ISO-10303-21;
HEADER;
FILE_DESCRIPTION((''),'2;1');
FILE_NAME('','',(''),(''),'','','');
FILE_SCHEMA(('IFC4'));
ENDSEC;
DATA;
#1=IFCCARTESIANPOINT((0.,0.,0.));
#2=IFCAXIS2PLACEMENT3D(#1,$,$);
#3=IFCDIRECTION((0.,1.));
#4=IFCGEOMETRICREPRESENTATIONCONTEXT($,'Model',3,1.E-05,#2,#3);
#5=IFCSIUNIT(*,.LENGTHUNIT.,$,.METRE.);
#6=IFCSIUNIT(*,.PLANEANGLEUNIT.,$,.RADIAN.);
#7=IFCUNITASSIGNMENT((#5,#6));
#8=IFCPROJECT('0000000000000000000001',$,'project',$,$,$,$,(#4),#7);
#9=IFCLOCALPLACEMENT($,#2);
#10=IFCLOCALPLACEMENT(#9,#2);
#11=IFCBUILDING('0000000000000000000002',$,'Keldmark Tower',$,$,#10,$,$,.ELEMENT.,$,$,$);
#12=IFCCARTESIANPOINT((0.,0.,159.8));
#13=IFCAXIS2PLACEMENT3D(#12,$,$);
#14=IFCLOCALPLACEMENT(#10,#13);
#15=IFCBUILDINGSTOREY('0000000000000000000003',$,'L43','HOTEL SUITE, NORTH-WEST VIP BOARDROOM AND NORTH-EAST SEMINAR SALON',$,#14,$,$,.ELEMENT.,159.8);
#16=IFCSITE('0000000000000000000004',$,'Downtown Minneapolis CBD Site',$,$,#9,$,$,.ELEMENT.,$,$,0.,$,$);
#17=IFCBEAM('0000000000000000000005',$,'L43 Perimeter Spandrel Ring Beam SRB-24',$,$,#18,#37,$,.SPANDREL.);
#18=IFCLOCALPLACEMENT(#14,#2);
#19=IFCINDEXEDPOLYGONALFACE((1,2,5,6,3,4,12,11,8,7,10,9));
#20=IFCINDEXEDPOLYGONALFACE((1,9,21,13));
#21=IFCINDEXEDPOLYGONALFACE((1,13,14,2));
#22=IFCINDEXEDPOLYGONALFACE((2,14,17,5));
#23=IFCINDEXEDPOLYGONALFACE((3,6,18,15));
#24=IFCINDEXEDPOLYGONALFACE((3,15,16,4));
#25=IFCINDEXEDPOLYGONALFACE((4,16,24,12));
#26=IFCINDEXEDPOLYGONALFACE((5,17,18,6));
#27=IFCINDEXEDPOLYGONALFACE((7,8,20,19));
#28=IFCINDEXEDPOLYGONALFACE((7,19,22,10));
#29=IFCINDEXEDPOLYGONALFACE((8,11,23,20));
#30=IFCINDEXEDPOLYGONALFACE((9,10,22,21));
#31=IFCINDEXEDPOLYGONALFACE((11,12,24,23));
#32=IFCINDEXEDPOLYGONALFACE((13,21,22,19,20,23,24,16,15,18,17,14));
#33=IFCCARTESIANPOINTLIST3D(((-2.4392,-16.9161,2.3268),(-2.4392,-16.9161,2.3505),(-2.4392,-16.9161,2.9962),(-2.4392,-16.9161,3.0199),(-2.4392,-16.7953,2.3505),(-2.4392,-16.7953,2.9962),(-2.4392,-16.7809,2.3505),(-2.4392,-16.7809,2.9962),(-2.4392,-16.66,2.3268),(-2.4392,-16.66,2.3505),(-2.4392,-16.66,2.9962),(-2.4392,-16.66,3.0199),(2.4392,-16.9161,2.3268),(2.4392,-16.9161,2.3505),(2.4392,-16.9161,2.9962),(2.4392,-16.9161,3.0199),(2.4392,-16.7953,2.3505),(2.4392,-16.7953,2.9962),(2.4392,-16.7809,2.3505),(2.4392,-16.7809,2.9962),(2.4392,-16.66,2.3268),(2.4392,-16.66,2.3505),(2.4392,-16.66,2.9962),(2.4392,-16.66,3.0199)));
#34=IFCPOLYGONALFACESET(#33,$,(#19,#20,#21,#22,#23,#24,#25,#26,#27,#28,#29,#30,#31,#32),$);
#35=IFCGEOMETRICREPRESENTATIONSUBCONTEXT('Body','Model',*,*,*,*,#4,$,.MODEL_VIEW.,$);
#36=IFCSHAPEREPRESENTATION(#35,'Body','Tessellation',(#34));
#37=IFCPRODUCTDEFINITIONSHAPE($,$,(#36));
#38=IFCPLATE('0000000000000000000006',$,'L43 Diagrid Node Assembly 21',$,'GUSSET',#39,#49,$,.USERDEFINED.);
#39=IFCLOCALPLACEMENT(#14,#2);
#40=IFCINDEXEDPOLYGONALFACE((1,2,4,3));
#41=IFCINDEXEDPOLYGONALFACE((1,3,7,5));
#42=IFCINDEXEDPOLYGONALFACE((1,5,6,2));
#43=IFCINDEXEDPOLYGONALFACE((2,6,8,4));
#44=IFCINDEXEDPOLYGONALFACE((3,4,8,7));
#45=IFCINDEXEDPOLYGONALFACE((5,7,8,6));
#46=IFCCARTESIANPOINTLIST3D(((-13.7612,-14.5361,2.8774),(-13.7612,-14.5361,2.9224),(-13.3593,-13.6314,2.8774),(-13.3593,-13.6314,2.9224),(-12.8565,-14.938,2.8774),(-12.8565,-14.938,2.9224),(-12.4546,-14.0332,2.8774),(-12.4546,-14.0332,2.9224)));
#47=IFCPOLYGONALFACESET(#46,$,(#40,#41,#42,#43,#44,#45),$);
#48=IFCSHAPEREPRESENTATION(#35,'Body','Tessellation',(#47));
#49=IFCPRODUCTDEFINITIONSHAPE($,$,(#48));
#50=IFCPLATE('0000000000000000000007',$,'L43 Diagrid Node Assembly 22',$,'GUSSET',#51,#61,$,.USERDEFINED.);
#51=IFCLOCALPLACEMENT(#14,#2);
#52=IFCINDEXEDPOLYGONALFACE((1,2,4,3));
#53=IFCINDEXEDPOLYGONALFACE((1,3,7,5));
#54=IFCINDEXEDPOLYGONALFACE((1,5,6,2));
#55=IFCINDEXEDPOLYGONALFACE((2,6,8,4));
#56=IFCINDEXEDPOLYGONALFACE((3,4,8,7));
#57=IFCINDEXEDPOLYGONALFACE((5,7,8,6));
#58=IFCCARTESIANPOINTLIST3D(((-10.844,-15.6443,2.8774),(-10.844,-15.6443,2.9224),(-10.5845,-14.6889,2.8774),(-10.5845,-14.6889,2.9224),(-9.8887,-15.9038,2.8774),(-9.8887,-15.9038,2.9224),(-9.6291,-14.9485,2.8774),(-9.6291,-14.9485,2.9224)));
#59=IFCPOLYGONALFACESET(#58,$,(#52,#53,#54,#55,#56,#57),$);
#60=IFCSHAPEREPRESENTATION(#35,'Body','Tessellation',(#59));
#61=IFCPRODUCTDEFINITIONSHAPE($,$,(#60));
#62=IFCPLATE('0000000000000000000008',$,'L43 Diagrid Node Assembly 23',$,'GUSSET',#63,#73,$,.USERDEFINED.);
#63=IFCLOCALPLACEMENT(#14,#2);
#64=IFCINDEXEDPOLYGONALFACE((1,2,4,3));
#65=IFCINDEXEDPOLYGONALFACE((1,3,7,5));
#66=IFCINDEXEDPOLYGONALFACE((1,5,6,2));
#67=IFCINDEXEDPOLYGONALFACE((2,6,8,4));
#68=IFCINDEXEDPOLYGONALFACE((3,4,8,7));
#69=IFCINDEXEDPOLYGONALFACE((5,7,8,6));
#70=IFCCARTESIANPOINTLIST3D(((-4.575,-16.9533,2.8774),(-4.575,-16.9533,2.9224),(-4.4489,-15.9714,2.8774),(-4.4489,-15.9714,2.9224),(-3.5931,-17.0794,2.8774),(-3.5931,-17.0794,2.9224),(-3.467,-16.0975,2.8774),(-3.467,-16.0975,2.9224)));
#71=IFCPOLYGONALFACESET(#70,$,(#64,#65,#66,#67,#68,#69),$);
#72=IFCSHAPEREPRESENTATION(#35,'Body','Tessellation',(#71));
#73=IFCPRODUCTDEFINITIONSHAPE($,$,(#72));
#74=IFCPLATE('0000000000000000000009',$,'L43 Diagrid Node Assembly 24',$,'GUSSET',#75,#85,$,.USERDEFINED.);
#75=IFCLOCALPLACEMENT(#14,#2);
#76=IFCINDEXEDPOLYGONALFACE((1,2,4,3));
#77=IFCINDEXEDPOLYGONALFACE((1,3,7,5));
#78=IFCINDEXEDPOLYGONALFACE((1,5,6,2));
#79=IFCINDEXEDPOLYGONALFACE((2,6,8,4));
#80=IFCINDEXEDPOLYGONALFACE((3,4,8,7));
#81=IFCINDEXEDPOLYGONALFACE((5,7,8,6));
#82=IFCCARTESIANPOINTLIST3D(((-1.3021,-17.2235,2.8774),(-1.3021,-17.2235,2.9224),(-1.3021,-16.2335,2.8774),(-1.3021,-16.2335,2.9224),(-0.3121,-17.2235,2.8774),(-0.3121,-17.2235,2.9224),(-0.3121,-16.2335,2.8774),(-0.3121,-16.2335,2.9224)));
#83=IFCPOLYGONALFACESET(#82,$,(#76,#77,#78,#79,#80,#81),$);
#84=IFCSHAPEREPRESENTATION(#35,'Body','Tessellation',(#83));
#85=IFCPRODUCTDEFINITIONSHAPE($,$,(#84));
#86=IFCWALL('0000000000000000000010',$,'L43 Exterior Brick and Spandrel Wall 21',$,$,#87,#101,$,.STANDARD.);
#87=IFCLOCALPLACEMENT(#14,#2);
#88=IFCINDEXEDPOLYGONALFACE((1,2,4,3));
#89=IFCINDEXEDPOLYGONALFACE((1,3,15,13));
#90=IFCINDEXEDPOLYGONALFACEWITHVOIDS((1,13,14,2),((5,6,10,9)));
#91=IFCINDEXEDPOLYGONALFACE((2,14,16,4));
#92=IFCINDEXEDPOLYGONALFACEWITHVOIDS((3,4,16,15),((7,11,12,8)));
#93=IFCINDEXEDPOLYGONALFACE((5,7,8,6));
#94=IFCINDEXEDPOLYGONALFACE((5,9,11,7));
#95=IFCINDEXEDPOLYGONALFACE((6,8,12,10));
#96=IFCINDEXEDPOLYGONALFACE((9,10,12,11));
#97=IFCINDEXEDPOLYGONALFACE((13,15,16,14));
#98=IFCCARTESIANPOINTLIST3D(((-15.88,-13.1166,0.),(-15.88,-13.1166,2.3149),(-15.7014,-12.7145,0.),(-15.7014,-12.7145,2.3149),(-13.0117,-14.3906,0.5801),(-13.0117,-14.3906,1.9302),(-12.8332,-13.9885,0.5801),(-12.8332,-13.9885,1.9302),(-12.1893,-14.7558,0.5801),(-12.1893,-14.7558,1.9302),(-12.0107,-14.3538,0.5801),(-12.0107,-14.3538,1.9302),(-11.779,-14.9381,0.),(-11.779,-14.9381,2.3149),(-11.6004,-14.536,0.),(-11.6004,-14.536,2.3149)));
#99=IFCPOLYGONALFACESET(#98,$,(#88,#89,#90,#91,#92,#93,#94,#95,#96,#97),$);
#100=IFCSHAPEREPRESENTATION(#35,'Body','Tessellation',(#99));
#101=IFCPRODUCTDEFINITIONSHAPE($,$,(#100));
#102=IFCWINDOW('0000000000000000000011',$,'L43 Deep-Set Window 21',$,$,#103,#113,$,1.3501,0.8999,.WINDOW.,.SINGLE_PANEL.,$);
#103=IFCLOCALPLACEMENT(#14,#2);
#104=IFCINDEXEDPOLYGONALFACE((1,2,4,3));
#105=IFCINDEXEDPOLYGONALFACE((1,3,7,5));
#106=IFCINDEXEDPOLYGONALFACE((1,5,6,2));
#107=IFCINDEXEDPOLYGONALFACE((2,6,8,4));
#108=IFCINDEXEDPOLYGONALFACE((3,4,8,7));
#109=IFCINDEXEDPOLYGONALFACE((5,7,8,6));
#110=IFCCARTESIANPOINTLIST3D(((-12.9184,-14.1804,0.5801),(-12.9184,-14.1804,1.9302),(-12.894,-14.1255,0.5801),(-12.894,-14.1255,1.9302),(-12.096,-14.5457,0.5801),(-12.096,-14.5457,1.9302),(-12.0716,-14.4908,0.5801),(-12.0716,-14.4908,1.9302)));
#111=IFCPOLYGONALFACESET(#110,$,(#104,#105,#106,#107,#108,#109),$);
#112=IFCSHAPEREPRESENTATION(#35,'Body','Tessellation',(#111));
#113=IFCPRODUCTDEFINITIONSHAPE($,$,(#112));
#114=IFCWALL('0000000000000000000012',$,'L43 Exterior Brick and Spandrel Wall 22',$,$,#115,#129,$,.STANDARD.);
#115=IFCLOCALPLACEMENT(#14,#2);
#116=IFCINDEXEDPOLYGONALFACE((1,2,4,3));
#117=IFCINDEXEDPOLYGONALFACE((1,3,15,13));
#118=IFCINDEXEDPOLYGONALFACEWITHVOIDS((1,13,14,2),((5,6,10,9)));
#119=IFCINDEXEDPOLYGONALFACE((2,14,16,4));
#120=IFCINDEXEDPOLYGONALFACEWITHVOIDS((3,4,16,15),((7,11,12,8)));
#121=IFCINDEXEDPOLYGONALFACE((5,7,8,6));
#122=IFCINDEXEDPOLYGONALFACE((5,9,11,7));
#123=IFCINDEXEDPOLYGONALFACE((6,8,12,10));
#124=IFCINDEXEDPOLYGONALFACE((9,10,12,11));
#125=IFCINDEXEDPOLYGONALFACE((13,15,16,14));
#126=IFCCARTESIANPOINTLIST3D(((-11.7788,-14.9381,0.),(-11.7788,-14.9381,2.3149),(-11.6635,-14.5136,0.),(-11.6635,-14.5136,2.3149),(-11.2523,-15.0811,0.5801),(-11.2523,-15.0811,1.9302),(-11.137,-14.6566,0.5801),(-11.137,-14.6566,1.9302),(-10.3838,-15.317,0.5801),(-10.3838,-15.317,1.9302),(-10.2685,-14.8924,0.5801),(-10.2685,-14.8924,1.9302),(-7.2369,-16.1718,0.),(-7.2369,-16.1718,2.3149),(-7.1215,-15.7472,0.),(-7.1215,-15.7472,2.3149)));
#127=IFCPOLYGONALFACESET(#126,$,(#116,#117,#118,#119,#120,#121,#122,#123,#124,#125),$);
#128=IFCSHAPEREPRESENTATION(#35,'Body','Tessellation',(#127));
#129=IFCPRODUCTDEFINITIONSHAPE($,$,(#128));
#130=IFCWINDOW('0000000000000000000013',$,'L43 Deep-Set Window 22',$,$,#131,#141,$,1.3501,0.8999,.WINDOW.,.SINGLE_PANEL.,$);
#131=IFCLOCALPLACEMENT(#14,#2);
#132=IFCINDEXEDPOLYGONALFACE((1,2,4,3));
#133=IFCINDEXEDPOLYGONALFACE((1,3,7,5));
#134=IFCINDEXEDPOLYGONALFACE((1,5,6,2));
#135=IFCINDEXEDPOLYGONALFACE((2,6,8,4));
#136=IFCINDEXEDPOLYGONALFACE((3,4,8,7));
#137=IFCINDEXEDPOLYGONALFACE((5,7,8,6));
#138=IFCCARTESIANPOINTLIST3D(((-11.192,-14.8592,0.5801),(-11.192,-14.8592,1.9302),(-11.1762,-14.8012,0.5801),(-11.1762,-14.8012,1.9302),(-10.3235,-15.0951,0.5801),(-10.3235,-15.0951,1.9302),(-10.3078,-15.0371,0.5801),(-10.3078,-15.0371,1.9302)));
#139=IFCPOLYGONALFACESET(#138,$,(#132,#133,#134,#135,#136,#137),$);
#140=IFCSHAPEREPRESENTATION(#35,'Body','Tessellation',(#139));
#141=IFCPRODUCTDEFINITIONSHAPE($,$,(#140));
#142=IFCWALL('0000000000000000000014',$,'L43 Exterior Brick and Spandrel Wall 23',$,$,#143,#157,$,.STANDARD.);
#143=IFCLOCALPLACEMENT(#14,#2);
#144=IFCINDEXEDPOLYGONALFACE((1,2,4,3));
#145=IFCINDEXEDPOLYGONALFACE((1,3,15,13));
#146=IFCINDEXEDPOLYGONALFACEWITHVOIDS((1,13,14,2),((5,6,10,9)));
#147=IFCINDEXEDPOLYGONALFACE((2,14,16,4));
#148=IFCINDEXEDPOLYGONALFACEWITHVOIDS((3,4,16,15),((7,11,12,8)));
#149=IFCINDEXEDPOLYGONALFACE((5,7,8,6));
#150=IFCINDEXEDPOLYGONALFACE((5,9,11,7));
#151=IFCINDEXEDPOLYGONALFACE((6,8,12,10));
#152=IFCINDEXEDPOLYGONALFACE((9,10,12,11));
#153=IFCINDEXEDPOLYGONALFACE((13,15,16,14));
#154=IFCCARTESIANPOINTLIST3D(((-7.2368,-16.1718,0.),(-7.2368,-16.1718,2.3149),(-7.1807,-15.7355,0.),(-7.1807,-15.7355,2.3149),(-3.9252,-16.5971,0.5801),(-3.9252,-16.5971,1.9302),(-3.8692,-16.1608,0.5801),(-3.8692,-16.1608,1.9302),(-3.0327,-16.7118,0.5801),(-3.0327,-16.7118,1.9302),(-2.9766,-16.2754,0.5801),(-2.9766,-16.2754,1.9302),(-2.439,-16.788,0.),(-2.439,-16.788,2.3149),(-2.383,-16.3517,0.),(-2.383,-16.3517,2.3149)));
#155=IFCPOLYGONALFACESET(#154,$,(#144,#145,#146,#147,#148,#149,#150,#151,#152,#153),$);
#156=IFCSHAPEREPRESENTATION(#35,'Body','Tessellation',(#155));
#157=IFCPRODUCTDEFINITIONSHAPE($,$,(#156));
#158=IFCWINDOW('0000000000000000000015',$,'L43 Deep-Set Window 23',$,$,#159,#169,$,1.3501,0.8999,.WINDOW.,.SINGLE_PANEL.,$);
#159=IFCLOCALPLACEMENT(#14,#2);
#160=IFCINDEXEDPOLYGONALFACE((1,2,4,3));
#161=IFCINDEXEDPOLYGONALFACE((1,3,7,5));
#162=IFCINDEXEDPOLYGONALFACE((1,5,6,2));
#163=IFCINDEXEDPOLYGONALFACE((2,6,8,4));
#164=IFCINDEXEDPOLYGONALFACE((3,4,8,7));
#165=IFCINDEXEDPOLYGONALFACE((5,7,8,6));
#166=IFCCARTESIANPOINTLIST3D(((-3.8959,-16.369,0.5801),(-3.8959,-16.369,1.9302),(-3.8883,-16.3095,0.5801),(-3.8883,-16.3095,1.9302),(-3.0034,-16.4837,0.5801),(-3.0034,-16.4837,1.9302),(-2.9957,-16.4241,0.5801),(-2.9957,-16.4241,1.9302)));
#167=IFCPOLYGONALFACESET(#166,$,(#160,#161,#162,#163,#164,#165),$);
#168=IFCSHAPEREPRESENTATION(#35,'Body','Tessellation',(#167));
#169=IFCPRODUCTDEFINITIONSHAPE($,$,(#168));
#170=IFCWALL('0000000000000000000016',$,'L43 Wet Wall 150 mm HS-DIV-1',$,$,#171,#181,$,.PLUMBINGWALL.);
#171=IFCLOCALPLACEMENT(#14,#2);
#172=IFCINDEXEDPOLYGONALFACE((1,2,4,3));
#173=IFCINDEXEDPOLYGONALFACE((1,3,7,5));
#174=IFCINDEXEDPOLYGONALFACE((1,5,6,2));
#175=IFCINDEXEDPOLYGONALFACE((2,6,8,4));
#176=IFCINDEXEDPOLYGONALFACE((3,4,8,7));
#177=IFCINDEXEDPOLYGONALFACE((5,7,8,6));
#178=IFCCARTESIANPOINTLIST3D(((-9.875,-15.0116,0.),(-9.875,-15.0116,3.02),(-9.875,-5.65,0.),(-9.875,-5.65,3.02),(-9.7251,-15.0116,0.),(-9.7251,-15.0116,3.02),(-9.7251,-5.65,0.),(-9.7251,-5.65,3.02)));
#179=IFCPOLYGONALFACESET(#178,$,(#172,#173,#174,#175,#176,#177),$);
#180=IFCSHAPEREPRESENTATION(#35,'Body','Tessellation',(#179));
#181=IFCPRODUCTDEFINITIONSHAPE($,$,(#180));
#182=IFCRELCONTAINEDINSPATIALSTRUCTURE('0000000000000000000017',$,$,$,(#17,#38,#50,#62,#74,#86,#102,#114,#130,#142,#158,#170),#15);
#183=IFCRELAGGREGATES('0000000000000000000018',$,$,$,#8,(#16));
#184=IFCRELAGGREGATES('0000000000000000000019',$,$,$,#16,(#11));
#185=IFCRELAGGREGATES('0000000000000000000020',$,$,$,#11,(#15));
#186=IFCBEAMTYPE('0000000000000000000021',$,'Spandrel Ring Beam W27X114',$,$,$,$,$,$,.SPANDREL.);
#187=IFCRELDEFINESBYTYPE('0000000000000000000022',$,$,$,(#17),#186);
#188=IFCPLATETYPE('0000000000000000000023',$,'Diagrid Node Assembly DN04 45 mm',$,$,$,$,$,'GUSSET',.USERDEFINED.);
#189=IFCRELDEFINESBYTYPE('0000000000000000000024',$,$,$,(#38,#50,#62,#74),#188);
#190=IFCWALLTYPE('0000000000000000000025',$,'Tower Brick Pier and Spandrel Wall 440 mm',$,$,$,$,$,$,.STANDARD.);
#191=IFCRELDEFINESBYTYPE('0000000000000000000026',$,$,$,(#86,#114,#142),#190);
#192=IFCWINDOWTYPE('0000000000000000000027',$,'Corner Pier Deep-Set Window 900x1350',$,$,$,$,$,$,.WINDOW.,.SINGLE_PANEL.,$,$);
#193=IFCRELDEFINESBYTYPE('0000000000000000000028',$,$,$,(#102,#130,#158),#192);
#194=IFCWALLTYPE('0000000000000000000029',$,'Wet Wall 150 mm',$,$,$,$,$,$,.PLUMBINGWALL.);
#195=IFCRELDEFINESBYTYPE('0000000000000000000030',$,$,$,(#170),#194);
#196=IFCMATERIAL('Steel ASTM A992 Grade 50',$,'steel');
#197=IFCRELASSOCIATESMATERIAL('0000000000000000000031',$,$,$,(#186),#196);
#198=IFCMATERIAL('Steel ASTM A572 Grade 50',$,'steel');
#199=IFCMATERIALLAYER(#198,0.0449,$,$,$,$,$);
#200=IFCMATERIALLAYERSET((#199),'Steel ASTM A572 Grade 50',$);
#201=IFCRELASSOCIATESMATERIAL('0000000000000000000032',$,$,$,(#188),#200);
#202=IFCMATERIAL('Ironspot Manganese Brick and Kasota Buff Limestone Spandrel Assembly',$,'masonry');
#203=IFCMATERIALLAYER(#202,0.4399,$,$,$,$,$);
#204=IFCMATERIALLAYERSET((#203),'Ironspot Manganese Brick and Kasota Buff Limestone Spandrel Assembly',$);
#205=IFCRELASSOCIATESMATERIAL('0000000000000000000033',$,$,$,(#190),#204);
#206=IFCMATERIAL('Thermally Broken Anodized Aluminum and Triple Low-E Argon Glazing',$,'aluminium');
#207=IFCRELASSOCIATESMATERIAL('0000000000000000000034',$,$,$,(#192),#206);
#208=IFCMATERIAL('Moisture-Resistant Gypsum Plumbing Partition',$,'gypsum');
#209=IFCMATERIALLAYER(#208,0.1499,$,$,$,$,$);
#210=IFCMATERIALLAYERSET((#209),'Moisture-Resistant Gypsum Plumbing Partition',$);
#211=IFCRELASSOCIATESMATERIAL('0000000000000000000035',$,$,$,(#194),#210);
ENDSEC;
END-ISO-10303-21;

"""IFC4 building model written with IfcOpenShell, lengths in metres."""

from ifc_helpers import new_model, si_unit, direction, frame, frame_2d, origin, origin_2d, place, context, subcontext, project, spatial, rectangle, i_section, extrude, material, layer, layer_set, material_profile, profile_set, type_object, element, fill, save


model = new_model("IFC4")

# Units and contexts
model_context = context("Model", 3, precision=1e-05, world=origin(), true_north=direction((0.0, 1.0)))
body_context = subcontext(model_context, "Body", "Model", "MODEL_VIEW")
ifc_project = project(units=[si_unit("LENGTHUNIT", "METRE"), si_unit("PLANEANGLEUNIT", "RADIAN")], contexts=[model_context])

# Site, building, storey
site_placement = place(None, origin())
site = spatial("IfcSite", under=ifc_project, at=site_placement, Name="Downtown Minneapolis CBD Site", CompositionType="ELEMENT", RefElevation=0.0)
building_placement = place(site_placement, origin())
building = spatial("IfcBuilding", under=site, at=building_placement, Name="Keldmark Tower", CompositionType="ELEMENT")
storey_placement = place(building_placement, frame((0.0, 0.0, 159.8)))
storey = spatial("IfcBuildingStorey", under=building, at=storey_placement, Name="L43", Description="HOTEL SUITE, NORTH-WEST VIP BOARDROOM AND NORTH-EAST SEMINAR SALON", CompositionType="ELEMENT", Elevation=159.8)

# Beam
ifc_material_1 = material(Name="Steel ASTM A992 Grade 50", Category="steel")
ifc_material_profile_1 = material_profile(ifc_material_1, i_section(OverallWidth=0.2561, OverallDepth=0.6931, WebThickness=0.0144, FlangeThickness=0.0237, at=origin_2d()), Name="W27X114")
ifc_profile_set_1 = profile_set([ifc_material_profile_1], Name="Steel ASTM A992 Grade 50")
beam_type_1 = type_object("IfcBeamType", Name="Spandrel Ring Beam W27X114", PredefinedType="SPANDREL", material=ifc_profile_set_1)
beam_1_placement = place(storey_placement, frame((-2.4392, -16.7881, 2.6733), z_axis=(1.0, 0.0, 0.0), x_axis=(0.0, 1.0, 0.0)))
element("IfcBeam", 1, at=beam_1_placement, inside=storey, type_object=beam_type_1, Name="L43 Perimeter Spandrel Ring Beam SRB-24", PredefinedType="SPANDREL", context=body_context, shape_type="SweptSolid", body=[
    extrude(i_section(OverallWidth=0.2561, OverallDepth=0.6931, WebThickness=0.0144, FlangeThickness=0.0237, at=origin_2d()), origin(), (0.0, 0.0, 1.0), 4.8784),
])

# Plates
ifc_material_2 = material(Name="Steel ASTM A572 Grade 50", Category="steel")
ifc_layer_1 = layer(ifc_material_2, 0.0449)
ifc_layer_set_1 = layer_set([ifc_layer_1], Name="Steel ASTM A572 Grade 50")
plate_type = type_object("IfcPlateType", Name="Diagrid Node Assembly DN04 45 mm", ElementType="GUSSET", PredefinedType="USERDEFINED", material=ifc_layer_set_1)
for number, where, z_axis, x_axis, name in (
    (2, (-13.1079, -14.2847, 2.8774), (0.0, 0.0, 1.0), (0.9139, -0.405939, 0.0), "L43 Diagrid Node Assembly 21"),
    (3, (-10.2366, -15.2964, 2.8774), (0.0, 0.0, 1.0), (0.965016, -0.262189, 0.0), "L43 Diagrid Node Assembly 22"),
    (4, (-4.021, -16.5254, 2.8774), (0.0, 0.0, 1.0), (0.99185, -0.127411, 0.0), "L43 Diagrid Node Assembly 23"),
    (5, (-0.8071, -16.7285, 2.8774), (0.0, 0.0, 1.0), (1.0, 0.0, 0.0), "L43 Diagrid Node Assembly 24"),
):
    element("IfcPlate", number, at=place(storey_placement, frame(where, z_axis=z_axis, x_axis=x_axis)), inside=storey, type_object=plate_type, Name=name, ObjectType="GUSSET", PredefinedType="USERDEFINED", context=body_context, shape_type="SweptSolid", body=[
        extrude(rectangle(XDim=0.99, YDim=0.99, at=origin_2d()), origin(), (0.0, 0.0, 1.0), 0.0449),
    ])

# Walls, openings, windows
ifc_material_3 = material(Name="Ironspot Manganese Brick and Kasota Buff Limestone Spandrel Assembly", Category="masonry")
ifc_layer_2 = layer(ifc_material_3, 0.4399)
ifc_layer_set_2 = layer_set([ifc_layer_2], Name="Ironspot Manganese Brick and Kasota Buff Limestone Spandrel Assembly")
wall_type_1 = type_object("IfcWallType", Name="Tower Brick Pier and Spandrel Wall 440 mm", PredefinedType="STANDARD", material=ifc_layer_set_2)
wall_1_placement = place(storey_placement, frame((-11.6897, -14.7371, 0.0), z_axis=(0.0, 0.0, 1.0), x_axis=(-0.913908, 0.405921, 0.0)))
wall_1 = element("IfcWall", 6, at=wall_1_placement, inside=storey, type_object=wall_type_1, Name="L43 Exterior Brick and Spandrel Wall 21", PredefinedType="STANDARD", context=body_context, shape_type="SweptSolid", body=[
    extrude(rectangle(XDim=4.4873, YDim=0.4399, at=frame_2d((2.2437, 0.0))), origin(), (0.0, 0.0, 1.0), 2.3149),
])
opening_1_placement = place(wall_1_placement, frame((0.449, 0.0, 0.5801)))
opening_1 = element("IfcOpeningElement", 7, at=opening_1_placement, cuts=wall_1, PredefinedType="OPENING", context=body_context, shape_type="SweptSolid", body=[
    extrude(rectangle(XDim=0.8999, YDim=1.3501, at=frame_2d((0.45, 0.675))), frame((0.0, 0.23, 0.0), z_axis=(0.0, -1.0, 0.0), x_axis=(1.0, 0.0, 0.0)), (0.0, 0.0, 1.0), 0.46),
])
ifc_material_4 = material(Name="Thermally Broken Anodized Aluminum and Triple Low-E Argon Glazing", Category="aluminium")
window_type = type_object("IfcWindowType", Name="Corner Pier Deep-Set Window 900x1350", PartitioningType="SINGLE_PANEL", PredefinedType="WINDOW", material=ifc_material_4)
window_1_placement = place(opening_1_placement, origin())
window_1 = element("IfcWindow", 8, at=window_1_placement, inside=storey, type_object=window_type, Name="L43 Deep-Set Window 21", OverallHeight=1.3501, OverallWidth=0.8999, PartitioningType="SINGLE_PANEL", PredefinedType="WINDOW", context=body_context, shape_type="SweptSolid", body=[
    extrude(rectangle(XDim=0.8999, YDim=1.3501, at=frame_2d((0.45, 0.675))), frame((0.0, -0.01, 0.0), z_axis=(0.0, -1.0, 0.0), x_axis=(1.0, 0.0, 0.0)), (0.0, 0.0, 1.0), 0.0601),
])
fill(opening_1, window_1)
wall_2_placement = place(storey_placement, frame((-7.1792, -15.9595, 0.0), z_axis=(0.0, 0.0, 1.0), x_axis=(-0.965037, 0.262112, 0.0)))
wall_2 = element("IfcWall", 9, at=wall_2_placement, inside=storey, type_object=wall_type_1, Name="L43 Exterior Brick and Spandrel Wall 22", PredefinedType="STANDARD", context=body_context, shape_type="SweptSolid", body=[
    extrude(rectangle(XDim=4.7065, YDim=0.4399, at=frame_2d((2.3533, 0.0))), origin(), (0.0, 0.0, 1.0), 2.3149),
])
opening_2_placement = place(wall_2_placement, frame((3.261, 0.0, 0.5801)))
opening_2 = element("IfcOpeningElement", 10, at=opening_2_placement, cuts=wall_2, PredefinedType="OPENING", context=body_context, shape_type="SweptSolid", body=[
    extrude(rectangle(XDim=0.8999, YDim=1.3501, at=frame_2d((0.45, 0.675))), frame((0.0, 0.23, 0.0), z_axis=(0.0, -1.0, 0.0), x_axis=(1.0, 0.0, 0.0)), (0.0, 0.0, 1.0), 0.46),
])
window_2_placement = place(opening_2_placement, origin())
window_2 = element("IfcWindow", 11, at=window_2_placement, inside=storey, type_object=window_type, Name="L43 Deep-Set Window 22", OverallHeight=1.3501, OverallWidth=0.8999, PartitioningType="SINGLE_PANEL", PredefinedType="WINDOW", context=body_context, shape_type="SweptSolid", body=[
    extrude(rectangle(XDim=0.8999, YDim=1.3501, at=frame_2d((0.45, 0.675))), frame((0.0, -0.01, 0.0), z_axis=(0.0, -1.0, 0.0), x_axis=(1.0, 0.0, 0.0)), (0.0, 0.0, 1.0), 0.0601),
])
fill(opening_2, window_2)
wall_3_placement = place(storey_placement, frame((-2.4111, -16.5698, 0.0), z_axis=(0.0, 0.0, 1.0), x_axis=(-0.991853, 0.127388, 0.0)))
wall_3 = element("IfcWall", 12, at=wall_3_placement, inside=storey, type_object=wall_type_1, Name="L43 Exterior Brick and Spandrel Wall 23", PredefinedType="STANDARD", context=body_context, shape_type="SweptSolid", body=[
    extrude(rectangle(XDim=4.8372, YDim=0.4399, at=frame_2d((2.4185, 0.0))), origin(), (0.0, 0.0, 1.0), 2.3149),
])
opening_3_placement = place(wall_3_placement, frame((0.5984, 0.0, 0.5801)))
opening_3 = element("IfcOpeningElement", 13, at=opening_3_placement, cuts=wall_3, PredefinedType="OPENING", context=body_context, shape_type="SweptSolid", body=[
    extrude(rectangle(XDim=0.8999, YDim=1.3501, at=frame_2d((0.45, 0.675))), frame((0.0, 0.23, 0.0), z_axis=(0.0, -1.0, 0.0), x_axis=(1.0, 0.0, 0.0)), (0.0, 0.0, 1.0), 0.46),
])
window_3_placement = place(opening_3_placement, origin())
window_3 = element("IfcWindow", 14, at=window_3_placement, inside=storey, type_object=window_type, Name="L43 Deep-Set Window 23", OverallHeight=1.3501, OverallWidth=0.8999, PartitioningType="SINGLE_PANEL", PredefinedType="WINDOW", context=body_context, shape_type="SweptSolid", body=[
    extrude(rectangle(XDim=0.8999, YDim=1.3501, at=frame_2d((0.45, 0.675))), frame((0.0, -0.01, 0.0), z_axis=(0.0, -1.0, 0.0), x_axis=(1.0, 0.0, 0.0)), (0.0, 0.0, 1.0), 0.0601),
])
fill(opening_3, window_3)

# Wall
ifc_material_5 = material(Name="Moisture-Resistant Gypsum Plumbing Partition", Category="gypsum")
ifc_layer_3 = layer(ifc_material_5, 0.1499)
ifc_layer_set_3 = layer_set([ifc_layer_3], Name="Moisture-Resistant Gypsum Plumbing Partition")
wall_type_2 = type_object("IfcWallType", Name="Wet Wall 150 mm", PredefinedType="PLUMBINGWALL", material=ifc_layer_set_3)
wall_4_placement = place(storey_placement, frame((-9.8, -15.0115, 0.0), z_axis=(0.0, 0.0, 1.0), x_axis=(0.0, 1.0, 0.0)))
element("IfcWall", 15, at=wall_4_placement, inside=storey, type_object=wall_type_2, Name="L43 Wet Wall 150 mm HS-DIV-1", PredefinedType="PLUMBINGWALL", context=body_context, shape_type="SweptSolid", body=[
    extrude(rectangle(XDim=9.3616, YDim=0.1499, at=frame_2d((4.6807, 0.0))), origin(), (0.0, 0.0, 1.0), 3.02),
])

save(model, "model.ifc")
